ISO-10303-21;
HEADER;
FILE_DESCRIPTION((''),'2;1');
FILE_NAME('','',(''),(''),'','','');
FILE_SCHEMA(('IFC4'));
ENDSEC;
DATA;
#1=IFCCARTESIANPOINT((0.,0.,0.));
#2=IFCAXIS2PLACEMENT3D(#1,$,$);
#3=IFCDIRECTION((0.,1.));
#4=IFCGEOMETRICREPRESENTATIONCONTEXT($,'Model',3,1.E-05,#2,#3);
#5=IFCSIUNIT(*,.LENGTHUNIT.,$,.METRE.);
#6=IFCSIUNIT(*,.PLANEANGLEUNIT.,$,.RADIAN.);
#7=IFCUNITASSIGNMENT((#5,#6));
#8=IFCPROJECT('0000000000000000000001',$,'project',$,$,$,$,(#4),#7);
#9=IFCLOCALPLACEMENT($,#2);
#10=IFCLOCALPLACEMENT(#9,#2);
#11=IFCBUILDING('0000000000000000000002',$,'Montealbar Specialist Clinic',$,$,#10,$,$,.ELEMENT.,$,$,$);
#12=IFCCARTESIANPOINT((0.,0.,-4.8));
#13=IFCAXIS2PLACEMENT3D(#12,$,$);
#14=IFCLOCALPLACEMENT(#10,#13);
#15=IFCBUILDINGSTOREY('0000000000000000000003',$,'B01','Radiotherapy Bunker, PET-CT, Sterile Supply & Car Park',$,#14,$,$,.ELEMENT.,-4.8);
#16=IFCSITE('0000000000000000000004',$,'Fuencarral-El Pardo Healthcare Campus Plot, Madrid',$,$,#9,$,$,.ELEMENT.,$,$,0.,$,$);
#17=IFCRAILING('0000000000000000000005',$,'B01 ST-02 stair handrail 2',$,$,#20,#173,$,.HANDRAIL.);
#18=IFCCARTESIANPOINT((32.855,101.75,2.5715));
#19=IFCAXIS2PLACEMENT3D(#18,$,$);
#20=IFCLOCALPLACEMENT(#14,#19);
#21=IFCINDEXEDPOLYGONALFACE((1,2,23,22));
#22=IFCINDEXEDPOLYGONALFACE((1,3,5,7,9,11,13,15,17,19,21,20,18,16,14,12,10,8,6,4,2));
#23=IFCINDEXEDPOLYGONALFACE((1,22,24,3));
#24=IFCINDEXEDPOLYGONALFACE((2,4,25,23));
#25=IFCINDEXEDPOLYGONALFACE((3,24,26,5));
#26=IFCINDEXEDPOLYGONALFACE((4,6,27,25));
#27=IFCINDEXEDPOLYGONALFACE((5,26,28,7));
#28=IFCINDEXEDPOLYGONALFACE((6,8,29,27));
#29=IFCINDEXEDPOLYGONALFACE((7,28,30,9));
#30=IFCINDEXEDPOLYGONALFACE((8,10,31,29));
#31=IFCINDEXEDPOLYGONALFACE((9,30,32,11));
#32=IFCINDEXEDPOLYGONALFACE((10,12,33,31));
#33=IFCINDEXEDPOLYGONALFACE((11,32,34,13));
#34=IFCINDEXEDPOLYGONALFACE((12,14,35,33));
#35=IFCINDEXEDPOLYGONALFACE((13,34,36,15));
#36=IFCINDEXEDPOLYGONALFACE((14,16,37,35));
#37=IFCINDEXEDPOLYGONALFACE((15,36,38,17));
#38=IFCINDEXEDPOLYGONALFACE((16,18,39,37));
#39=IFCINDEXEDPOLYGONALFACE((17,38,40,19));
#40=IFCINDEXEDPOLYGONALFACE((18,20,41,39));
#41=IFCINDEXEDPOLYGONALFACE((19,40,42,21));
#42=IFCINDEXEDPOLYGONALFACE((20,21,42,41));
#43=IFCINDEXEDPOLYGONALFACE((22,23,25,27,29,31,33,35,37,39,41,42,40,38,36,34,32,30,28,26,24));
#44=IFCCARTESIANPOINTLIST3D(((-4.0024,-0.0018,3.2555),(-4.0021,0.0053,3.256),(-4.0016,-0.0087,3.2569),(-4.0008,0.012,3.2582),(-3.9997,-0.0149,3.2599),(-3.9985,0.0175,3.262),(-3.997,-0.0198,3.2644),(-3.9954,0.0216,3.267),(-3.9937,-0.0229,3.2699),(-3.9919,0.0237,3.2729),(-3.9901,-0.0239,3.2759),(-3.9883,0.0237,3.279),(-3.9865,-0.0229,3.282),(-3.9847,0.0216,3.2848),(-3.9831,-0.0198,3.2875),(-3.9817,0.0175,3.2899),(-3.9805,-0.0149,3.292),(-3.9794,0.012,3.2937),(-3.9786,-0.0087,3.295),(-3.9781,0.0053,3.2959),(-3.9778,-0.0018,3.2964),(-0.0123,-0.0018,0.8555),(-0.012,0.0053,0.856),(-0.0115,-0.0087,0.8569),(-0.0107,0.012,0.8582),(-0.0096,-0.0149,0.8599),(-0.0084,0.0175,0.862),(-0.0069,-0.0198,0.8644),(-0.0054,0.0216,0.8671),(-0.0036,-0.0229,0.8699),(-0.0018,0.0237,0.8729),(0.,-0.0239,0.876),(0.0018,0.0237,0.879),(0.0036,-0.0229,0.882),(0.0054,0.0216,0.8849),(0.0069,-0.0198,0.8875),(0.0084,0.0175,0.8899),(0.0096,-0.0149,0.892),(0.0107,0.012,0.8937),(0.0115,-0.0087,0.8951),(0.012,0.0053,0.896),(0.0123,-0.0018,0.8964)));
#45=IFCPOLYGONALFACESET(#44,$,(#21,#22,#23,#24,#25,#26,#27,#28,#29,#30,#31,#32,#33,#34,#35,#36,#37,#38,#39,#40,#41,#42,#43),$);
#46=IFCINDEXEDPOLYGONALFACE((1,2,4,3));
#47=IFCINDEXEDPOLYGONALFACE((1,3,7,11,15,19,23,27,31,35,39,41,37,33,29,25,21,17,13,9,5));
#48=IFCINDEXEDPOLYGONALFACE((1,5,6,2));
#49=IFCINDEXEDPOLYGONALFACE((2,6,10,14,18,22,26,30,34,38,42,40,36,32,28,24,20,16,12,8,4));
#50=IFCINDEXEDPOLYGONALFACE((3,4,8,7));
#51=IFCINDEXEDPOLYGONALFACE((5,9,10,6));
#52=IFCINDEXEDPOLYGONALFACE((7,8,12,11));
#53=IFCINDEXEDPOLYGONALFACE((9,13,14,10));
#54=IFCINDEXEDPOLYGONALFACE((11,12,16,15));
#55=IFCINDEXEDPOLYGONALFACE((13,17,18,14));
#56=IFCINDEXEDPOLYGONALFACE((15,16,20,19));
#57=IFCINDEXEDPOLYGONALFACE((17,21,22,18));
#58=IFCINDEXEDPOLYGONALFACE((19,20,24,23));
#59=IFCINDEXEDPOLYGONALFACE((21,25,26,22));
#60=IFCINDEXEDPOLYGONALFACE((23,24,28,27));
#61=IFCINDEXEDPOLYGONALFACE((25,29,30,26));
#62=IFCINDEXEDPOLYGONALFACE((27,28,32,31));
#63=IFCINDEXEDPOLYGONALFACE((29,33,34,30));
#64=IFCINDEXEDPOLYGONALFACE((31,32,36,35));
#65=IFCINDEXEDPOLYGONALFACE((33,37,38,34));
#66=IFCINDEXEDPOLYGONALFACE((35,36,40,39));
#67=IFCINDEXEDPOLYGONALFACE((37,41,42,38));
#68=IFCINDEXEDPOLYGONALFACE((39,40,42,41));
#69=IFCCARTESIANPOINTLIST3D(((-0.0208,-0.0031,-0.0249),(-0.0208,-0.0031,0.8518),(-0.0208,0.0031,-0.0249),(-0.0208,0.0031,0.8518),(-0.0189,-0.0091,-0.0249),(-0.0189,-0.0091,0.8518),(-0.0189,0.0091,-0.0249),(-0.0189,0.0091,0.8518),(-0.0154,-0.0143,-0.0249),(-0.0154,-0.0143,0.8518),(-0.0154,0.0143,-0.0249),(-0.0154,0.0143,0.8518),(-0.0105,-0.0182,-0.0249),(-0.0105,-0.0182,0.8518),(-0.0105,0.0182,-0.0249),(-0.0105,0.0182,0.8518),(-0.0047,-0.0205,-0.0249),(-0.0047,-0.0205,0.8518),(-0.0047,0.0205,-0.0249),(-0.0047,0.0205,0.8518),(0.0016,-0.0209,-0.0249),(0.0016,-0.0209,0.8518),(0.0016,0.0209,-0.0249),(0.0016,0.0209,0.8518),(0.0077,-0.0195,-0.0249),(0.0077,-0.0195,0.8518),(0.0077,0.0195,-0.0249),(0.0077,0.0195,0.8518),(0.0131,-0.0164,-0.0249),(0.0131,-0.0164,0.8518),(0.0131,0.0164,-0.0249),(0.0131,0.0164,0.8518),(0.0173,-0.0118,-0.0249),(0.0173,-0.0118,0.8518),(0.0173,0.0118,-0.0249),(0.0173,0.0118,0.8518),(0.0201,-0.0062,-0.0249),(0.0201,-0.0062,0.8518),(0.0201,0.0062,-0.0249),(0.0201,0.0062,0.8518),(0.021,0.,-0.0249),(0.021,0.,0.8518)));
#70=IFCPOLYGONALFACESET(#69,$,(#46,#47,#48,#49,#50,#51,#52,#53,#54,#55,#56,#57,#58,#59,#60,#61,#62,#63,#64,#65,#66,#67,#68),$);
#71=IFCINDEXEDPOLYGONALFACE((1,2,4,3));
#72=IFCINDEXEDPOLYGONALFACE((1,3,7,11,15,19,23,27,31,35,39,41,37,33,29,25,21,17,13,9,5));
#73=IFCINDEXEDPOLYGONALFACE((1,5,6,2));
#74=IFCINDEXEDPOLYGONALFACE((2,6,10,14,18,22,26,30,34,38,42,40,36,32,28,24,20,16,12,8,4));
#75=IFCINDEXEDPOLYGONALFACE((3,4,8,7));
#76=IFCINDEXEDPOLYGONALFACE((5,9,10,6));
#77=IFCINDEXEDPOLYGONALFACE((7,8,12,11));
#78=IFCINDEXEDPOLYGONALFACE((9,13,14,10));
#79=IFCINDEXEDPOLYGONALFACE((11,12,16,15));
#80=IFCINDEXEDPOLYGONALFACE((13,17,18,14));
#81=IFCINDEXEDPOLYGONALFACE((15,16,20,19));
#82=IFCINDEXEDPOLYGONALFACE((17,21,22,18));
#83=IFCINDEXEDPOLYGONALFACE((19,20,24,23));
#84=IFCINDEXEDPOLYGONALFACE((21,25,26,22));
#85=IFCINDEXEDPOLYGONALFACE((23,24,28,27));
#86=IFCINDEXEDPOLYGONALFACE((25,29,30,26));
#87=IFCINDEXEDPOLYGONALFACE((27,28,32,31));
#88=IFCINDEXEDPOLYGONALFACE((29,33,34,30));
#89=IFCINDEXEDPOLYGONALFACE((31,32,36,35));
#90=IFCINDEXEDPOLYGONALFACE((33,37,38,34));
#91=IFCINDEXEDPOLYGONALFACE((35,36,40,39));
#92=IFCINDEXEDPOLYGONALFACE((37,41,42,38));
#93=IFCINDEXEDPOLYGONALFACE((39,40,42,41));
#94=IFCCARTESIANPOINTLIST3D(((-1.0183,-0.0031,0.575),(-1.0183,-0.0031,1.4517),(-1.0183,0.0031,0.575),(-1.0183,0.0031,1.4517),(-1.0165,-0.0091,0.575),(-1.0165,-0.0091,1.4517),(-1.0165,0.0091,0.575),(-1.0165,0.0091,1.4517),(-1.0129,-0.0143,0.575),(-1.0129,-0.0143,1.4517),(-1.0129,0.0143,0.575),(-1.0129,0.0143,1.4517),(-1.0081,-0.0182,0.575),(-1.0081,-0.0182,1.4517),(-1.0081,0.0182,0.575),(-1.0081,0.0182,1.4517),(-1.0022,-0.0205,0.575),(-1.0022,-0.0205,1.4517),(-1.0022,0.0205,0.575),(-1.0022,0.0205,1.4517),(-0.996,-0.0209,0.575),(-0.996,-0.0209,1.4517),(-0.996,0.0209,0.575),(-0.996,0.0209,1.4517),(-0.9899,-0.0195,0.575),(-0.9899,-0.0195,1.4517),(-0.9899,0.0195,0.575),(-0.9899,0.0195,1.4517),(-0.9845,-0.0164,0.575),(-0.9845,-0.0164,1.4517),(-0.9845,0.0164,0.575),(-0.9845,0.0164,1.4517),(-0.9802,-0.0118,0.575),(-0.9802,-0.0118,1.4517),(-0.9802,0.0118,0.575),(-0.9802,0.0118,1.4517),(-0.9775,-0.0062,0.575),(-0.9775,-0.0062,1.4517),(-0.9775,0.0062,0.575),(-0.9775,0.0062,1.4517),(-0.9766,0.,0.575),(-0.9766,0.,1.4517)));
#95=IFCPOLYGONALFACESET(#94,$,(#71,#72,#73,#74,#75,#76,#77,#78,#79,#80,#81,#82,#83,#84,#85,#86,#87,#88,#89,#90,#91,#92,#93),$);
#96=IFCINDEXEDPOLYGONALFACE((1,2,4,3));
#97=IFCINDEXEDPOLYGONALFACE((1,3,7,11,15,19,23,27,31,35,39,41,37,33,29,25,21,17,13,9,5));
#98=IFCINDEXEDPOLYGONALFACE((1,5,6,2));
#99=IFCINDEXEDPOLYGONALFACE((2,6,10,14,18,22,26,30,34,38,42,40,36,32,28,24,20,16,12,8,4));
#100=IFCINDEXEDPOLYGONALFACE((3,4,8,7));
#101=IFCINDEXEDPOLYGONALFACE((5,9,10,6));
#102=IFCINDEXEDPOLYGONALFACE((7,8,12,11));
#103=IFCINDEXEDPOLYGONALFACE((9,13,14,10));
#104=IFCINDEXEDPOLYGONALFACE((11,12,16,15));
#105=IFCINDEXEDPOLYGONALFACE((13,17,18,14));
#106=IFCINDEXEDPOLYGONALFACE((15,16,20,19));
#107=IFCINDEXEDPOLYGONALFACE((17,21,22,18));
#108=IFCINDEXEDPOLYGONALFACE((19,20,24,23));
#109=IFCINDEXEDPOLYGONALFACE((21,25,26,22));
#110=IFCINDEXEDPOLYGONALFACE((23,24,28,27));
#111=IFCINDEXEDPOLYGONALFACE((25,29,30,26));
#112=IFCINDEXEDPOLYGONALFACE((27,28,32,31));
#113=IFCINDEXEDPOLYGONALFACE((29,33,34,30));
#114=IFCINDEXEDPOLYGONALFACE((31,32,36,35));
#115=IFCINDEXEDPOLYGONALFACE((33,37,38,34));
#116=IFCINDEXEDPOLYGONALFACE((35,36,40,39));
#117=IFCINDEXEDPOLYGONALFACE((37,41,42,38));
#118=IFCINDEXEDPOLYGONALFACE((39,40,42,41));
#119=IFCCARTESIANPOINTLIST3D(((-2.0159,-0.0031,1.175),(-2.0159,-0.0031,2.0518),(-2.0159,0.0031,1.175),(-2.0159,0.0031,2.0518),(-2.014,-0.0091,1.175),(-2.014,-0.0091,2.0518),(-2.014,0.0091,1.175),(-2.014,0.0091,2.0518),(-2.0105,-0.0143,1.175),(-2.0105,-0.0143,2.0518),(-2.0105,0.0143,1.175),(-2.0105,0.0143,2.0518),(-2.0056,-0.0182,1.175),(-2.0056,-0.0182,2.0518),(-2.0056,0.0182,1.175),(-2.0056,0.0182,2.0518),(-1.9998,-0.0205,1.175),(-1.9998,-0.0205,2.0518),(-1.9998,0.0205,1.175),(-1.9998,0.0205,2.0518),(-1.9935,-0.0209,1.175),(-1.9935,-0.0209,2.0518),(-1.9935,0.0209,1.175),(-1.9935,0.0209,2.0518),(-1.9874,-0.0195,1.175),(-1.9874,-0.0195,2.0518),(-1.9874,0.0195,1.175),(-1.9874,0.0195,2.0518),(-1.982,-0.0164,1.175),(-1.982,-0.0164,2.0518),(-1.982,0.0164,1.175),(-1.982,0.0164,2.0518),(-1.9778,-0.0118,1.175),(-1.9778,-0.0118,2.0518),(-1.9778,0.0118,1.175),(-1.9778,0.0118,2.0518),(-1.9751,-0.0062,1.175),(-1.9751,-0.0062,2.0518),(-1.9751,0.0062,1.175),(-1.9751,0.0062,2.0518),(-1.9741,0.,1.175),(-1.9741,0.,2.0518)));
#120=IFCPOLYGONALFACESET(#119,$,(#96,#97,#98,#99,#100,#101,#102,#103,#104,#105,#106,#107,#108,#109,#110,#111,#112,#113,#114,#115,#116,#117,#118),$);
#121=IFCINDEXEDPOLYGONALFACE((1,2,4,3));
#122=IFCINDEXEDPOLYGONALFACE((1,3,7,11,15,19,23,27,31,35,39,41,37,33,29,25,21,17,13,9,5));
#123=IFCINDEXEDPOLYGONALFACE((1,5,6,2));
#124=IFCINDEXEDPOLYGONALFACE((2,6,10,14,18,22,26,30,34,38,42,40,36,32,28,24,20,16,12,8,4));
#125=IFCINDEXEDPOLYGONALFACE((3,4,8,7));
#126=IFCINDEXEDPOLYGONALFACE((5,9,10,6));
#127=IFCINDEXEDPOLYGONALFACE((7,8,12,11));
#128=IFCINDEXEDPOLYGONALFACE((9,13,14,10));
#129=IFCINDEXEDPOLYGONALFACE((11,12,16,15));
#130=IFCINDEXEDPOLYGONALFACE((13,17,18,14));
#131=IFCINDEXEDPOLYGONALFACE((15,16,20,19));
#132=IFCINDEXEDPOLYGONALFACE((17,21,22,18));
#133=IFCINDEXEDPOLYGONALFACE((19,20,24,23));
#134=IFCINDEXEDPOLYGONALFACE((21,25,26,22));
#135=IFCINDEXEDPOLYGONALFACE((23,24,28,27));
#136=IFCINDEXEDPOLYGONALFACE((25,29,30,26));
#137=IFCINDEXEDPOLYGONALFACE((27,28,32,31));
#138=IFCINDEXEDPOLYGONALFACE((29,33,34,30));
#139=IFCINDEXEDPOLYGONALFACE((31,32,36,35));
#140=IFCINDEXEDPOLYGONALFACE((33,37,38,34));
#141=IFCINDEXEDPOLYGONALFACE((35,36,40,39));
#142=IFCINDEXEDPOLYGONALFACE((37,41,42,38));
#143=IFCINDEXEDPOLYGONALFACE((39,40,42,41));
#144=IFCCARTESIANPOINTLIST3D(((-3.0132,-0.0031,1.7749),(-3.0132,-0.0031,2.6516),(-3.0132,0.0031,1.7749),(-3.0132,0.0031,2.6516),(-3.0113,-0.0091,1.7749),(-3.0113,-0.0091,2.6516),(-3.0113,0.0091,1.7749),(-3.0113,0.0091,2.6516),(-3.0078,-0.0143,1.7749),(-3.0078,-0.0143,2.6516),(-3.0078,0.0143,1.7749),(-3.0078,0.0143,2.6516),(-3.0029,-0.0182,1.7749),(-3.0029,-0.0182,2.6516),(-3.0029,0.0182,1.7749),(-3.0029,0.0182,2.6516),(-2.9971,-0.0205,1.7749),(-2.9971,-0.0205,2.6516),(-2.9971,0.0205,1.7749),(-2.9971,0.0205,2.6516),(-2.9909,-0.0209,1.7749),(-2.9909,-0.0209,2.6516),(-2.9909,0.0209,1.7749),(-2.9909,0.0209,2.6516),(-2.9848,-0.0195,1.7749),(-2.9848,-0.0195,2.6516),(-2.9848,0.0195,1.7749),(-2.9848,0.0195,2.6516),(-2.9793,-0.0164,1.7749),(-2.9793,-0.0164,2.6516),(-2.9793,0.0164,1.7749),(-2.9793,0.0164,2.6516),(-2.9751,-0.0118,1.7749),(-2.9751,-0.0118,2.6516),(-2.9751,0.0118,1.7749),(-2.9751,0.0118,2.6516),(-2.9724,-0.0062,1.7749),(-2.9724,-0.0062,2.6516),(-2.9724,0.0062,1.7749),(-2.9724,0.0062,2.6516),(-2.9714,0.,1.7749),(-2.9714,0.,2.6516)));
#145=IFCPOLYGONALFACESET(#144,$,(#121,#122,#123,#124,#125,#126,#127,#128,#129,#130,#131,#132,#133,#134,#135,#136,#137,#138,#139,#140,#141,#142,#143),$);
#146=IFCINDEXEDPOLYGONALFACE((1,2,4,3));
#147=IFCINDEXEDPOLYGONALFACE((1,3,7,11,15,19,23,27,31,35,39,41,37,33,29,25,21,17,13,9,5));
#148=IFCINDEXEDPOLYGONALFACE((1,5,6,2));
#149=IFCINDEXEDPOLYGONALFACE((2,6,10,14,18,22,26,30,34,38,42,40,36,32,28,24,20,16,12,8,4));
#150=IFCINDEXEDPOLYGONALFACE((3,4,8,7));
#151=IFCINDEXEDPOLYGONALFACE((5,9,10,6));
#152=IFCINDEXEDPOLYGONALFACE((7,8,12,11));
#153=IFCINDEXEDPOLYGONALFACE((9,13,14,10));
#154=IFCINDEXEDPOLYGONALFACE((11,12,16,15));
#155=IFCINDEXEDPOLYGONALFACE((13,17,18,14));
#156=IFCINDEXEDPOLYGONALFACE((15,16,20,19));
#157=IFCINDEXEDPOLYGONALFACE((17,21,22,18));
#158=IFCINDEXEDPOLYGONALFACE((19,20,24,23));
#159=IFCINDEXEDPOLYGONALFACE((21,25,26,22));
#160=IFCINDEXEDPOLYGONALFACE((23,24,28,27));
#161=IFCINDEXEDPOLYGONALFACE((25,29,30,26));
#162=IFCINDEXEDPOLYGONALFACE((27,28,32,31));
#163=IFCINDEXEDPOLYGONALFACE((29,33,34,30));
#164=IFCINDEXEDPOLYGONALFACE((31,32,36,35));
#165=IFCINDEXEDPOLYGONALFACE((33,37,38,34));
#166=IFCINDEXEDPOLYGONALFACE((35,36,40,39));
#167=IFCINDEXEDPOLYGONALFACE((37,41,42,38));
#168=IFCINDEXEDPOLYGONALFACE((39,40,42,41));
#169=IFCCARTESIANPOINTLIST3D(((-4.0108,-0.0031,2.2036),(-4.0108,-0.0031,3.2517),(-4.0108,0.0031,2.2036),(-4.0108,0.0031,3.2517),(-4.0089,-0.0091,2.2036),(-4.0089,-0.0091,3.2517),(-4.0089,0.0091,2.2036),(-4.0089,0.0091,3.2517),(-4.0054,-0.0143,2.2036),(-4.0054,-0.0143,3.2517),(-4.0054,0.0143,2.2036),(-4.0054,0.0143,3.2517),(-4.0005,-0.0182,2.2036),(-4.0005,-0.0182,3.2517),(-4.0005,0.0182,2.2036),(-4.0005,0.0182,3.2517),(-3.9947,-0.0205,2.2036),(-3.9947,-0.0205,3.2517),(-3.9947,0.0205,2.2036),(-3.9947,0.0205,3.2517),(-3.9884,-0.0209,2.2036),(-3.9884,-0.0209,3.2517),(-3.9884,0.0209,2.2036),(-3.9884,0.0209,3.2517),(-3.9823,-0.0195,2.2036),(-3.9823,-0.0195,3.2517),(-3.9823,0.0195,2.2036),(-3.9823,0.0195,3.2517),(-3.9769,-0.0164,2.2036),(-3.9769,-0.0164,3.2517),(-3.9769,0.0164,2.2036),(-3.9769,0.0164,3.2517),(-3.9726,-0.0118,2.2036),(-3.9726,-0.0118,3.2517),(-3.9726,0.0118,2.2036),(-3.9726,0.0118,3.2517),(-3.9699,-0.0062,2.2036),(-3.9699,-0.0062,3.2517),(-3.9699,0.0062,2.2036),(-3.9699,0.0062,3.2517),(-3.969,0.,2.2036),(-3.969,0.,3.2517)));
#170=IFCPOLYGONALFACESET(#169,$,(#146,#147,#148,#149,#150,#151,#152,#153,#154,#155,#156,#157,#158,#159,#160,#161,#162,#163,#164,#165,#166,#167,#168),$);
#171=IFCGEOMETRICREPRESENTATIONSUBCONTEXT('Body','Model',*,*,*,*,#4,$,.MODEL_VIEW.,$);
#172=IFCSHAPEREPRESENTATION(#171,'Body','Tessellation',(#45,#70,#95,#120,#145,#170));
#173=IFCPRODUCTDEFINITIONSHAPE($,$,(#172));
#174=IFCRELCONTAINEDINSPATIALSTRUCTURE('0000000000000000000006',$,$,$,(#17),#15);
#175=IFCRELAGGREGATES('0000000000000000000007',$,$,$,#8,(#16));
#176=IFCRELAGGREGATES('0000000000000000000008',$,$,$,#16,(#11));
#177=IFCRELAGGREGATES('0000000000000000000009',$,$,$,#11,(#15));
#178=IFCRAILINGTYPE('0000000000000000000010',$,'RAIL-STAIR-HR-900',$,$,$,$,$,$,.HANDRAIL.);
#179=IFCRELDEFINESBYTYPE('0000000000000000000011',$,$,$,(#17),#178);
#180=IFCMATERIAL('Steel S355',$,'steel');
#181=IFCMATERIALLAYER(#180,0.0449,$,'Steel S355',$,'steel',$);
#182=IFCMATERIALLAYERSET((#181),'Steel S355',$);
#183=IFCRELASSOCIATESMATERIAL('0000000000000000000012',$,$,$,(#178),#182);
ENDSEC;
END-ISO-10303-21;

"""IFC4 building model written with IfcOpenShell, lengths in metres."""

from ifc_helpers import new_model, si_unit, direction, frame, origin, origin_2d, place, context, subcontext, project, spatial, circle, extrude, material, layer, layer_set, type_object, element, save


model = new_model("IFC4")

# Units and contexts
model_context = context("Model", 3, precision=1e-05, world=origin(), true_north=direction((0.0, 1.0)))
body_context = subcontext(model_context, "Body", "Model", "MODEL_VIEW")
ifc_project = project(units=[si_unit("LENGTHUNIT", "METRE"), si_unit("PLANEANGLEUNIT", "RADIAN")], contexts=[model_context])

# Site, building, storey
site_placement = place(None, origin())
site = spatial("IfcSite", under=ifc_project, at=site_placement, Name="Fuencarral-El Pardo Healthcare Campus Plot, Madrid", CompositionType="ELEMENT", RefElevation=0.0)
building_placement = place(site_placement, origin())
building = spatial("IfcBuilding", under=site, at=building_placement, Name="Montealbar Specialist Clinic", CompositionType="ELEMENT")
storey_placement = place(building_placement, frame((0.0, 0.0, -4.8)))
storey = spatial("IfcBuildingStorey", under=building, at=storey_placement, Name="B01", Description="Radiotherapy Bunker, PET-CT, Sterile Supply & Car Park", CompositionType="ELEMENT", Elevation=-4.8)

# Shared definitions
ifc_material_1 = material(Name="Steel S355", Category="steel")

# Railing
ifc_layer_1 = layer(ifc_material_1, 0.0449, Name="Steel S355", Category="steel")
ifc_layer_set_1 = layer_set([ifc_layer_1], Name="Steel S355")
railing_type_1 = type_object("IfcRailingType", Name="RAIL-STAIR-HR-900", PredefinedType="HANDRAIL", material=ifc_layer_set_1)
railing_1_placement = place(storey_placement, frame((32.855, 101.75, 2.5715)))
element("IfcRailing", 1, at=railing_1_placement, inside=storey, type_object=railing_type_1, Name="B01 ST-02 stair handrail 2", PredefinedType="HANDRAIL", context=body_context, shape_type="SweptSolid", body=[
    extrude(circle(Radius=0.0239, at=origin_2d()), frame((0.0, 0.0, 0.876), z_axis=(-0.856933, 0.0, 0.515428), x_axis=(0.0, -1.0, 0.0)), (0.0, 0.0, 1.0), 4.6562),
    extrude(circle(Radius=0.021, at=origin_2d()), frame((0.0, 0.0, -0.0249)), (0.0, 0.0, 1.0), 0.8767),
    extrude(circle(Radius=0.021, at=origin_2d()), frame((-0.9976, 0.0, 0.575)), (0.0, 0.0, 1.0), 0.8767),
    extrude(circle(Radius=0.021, at=origin_2d()), frame((-1.9951, 0.0, 1.175)), (0.0, 0.0, 1.0), 0.8767),
    extrude(circle(Radius=0.021, at=origin_2d()), frame((-2.9924, 0.0, 1.7749)), (0.0, 0.0, 1.0), 0.8767),
    extrude(circle(Radius=0.021, at=origin_2d()), frame((-3.99, 0.0, 2.2036)), (0.0, 0.0, 1.0), 1.0481),
])

save(model, "model.ifc")
